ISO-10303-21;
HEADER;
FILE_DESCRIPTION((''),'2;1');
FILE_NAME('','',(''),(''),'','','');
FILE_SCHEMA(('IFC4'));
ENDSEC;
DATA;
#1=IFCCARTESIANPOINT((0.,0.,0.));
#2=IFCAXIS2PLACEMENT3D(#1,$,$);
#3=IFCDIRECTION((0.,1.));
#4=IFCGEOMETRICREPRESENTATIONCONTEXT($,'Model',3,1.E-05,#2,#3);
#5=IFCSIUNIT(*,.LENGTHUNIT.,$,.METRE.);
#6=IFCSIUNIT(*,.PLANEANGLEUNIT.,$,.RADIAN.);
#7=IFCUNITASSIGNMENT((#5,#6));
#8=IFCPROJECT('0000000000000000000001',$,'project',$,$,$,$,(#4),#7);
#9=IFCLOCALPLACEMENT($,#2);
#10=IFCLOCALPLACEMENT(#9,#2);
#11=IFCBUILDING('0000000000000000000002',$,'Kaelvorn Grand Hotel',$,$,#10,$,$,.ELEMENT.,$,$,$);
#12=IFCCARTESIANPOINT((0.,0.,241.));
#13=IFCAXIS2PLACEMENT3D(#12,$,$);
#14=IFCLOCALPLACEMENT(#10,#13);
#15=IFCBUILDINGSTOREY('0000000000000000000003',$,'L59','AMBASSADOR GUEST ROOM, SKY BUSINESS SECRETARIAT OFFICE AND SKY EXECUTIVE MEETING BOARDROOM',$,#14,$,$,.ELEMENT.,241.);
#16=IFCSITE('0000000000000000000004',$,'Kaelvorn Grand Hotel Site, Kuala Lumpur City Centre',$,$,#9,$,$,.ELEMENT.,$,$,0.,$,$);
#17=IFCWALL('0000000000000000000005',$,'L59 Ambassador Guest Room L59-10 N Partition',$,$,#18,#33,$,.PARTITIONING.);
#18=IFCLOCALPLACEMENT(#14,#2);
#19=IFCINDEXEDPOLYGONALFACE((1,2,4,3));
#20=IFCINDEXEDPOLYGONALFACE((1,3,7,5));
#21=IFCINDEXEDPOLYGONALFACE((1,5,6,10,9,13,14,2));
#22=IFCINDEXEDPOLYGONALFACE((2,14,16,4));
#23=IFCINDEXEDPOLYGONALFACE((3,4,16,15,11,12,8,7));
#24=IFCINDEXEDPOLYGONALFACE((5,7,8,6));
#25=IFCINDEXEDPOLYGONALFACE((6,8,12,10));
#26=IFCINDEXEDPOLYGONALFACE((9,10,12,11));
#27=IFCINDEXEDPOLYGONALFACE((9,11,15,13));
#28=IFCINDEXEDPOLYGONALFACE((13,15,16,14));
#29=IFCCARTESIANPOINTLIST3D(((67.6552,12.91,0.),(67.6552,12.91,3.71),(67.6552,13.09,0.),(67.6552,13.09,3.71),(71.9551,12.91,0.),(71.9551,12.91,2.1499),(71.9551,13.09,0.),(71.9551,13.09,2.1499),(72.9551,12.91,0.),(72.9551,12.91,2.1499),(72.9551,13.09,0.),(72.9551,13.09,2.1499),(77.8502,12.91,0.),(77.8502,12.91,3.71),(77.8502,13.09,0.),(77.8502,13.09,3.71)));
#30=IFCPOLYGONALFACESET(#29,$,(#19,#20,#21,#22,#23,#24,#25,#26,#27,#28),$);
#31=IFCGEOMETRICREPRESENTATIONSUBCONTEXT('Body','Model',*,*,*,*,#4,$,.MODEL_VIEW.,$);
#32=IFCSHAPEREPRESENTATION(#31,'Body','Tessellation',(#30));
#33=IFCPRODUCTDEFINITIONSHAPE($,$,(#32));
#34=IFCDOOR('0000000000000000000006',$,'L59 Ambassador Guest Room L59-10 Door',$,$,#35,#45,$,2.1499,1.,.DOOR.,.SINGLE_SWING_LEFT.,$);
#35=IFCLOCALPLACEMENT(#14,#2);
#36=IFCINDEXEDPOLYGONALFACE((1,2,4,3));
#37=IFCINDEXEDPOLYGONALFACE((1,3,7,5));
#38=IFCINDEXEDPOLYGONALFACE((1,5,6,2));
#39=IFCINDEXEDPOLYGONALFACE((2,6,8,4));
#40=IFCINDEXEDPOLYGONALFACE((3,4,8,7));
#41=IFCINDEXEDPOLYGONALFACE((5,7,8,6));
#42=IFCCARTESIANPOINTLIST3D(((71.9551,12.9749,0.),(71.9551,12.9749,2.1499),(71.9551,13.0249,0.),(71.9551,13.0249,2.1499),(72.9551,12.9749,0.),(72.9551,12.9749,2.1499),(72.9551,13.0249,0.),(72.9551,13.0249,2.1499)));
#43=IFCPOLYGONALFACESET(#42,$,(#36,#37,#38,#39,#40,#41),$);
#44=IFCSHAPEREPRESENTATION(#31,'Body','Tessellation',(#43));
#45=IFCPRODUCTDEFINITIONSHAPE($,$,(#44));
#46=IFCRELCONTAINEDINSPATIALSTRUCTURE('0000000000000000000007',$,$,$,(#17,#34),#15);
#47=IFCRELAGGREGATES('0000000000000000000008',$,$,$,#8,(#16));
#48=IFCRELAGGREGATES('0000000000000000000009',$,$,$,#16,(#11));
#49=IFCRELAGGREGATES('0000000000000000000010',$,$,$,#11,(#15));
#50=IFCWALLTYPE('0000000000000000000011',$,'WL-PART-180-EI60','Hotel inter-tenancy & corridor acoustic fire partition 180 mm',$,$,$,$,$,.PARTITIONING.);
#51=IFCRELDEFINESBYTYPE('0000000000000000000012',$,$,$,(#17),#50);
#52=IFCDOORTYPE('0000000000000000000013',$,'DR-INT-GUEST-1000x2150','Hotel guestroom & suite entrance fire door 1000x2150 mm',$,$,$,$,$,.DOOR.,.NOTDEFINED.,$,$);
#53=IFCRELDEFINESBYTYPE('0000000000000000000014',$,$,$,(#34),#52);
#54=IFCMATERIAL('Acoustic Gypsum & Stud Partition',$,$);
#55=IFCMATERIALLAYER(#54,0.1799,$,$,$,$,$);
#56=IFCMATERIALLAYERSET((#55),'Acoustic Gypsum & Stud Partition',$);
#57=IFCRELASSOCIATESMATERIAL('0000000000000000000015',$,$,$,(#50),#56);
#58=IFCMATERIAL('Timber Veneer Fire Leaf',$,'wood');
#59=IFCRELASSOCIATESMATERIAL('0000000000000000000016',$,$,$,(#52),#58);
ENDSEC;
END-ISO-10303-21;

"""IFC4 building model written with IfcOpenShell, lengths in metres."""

from ifc_helpers import new_model, si_unit, direction, frame, frame_2d, origin, place, context, subcontext, project, spatial, rectangle, extrude, material, layer, layer_set, type_object, element, fill, save


model = new_model("IFC4")

# Units and contexts
model_context = context("Model", 3, precision=1e-05, world=origin(), true_north=direction((0.0, 1.0)))
body_context = subcontext(model_context, "Body", "Model", "MODEL_VIEW")
ifc_project = project(units=[si_unit("LENGTHUNIT", "METRE"), si_unit("PLANEANGLEUNIT", "RADIAN")], contexts=[model_context])

# Site, building, storey
site_placement = place(None, origin())
site = spatial("IfcSite", under=ifc_project, at=site_placement, Name="Kaelvorn Grand Hotel Site, Kuala Lumpur City Centre", CompositionType="ELEMENT", RefElevation=0.0)
building_placement = place(site_placement, origin())
building = spatial("IfcBuilding", under=site, at=building_placement, Name="Kaelvorn Grand Hotel", CompositionType="ELEMENT")
storey_placement = place(building_placement, frame((0.0, 0.0, 241.0)))
storey = spatial("IfcBuildingStorey", under=building, at=storey_placement, Name="L59", Description="AMBASSADOR GUEST ROOM, SKY BUSINESS SECRETARIAT OFFICE AND SKY EXECUTIVE MEETING BOARDROOM", CompositionType="ELEMENT", Elevation=241.0)

# Shared definitions
ifc_material_1 = material(Name="Acoustic Gypsum & Stud Partition")

# Wall, opening, door
ifc_material_2 = material(Name="Timber Veneer Fire Leaf", Category="wood")
ifc_layer_1 = layer(ifc_material_1, 0.1799)
ifc_layer_set_1 = layer_set([ifc_layer_1], Name="Acoustic Gypsum & Stud Partition")
wall_type_1 = type_object("IfcWallType", Name="WL-PART-180-EI60", Description="Hotel inter-tenancy & corridor acoustic fire partition 180 mm", PredefinedType="PARTITIONING", material=ifc_layer_set_1)
door_type_1 = type_object("IfcDoorType", Name="DR-INT-GUEST-1000x2150", Description="Hotel guestroom & suite entrance fire door 1000x2150 mm", OperationType="NOTDEFINED", PredefinedType="DOOR", material=ifc_material_2)
wall_1_placement = place(storey_placement, frame((67.655, 13.0, 0.0), z_axis=(0.0, 0.0, 1.0), x_axis=(1.0, 0.0, 0.0)))
wall_1 = element("IfcWall", 1, at=wall_1_placement, inside=storey, type_object=wall_type_1, Name="L59 Ambassador Guest Room L59-10 N Partition", PredefinedType="PARTITIONING", context=body_context, shape_type="SweptSolid", body=[
    extrude(rectangle(XDim=10.1951, YDim=0.1799, at=frame_2d((5.0977, 0.0))), origin(), (0.0, 0.0, 1.0), 3.71),
])
opening_1_placement = place(wall_1_placement, frame((4.3, 0.0, 0.0)))
opening_1 = element("IfcOpeningElement", 2, at=opening_1_placement, cuts=wall_1, PredefinedType="OPENING", context=body_context, shape_type="SweptSolid", body=[
    extrude(rectangle(XDim=1.0, YDim=2.1499, at=frame_2d((0.5, 1.075))), frame((0.0, 0.1001, 0.0), z_axis=(0.0, -1.0, 0.0), x_axis=(1.0, 0.0, 0.0)), (0.0, 0.0, 1.0), 0.2),
])
door_1_placement = place(opening_1_placement, origin())
door_1 = element("IfcDoor", 3, at=door_1_placement, inside=storey, type_object=door_type_1, Name="L59 Ambassador Guest Room L59-10 Door", OperationType="SINGLE_SWING_LEFT", OverallHeight=2.1499, OverallWidth=1.0, PredefinedType="DOOR", context=body_context, shape_type="SweptSolid", body=[
    extrude(rectangle(XDim=1.0, YDim=2.1499, at=frame_2d((0.5, 1.075))), frame((0.0, 0.0249, 0.0), z_axis=(0.0, -1.0, 0.0), x_axis=(1.0, 0.0, 0.0)), (0.0, 0.0, 1.0), 0.05),
])
fill(opening_1, door_1)

save(model, "model.ifc")
